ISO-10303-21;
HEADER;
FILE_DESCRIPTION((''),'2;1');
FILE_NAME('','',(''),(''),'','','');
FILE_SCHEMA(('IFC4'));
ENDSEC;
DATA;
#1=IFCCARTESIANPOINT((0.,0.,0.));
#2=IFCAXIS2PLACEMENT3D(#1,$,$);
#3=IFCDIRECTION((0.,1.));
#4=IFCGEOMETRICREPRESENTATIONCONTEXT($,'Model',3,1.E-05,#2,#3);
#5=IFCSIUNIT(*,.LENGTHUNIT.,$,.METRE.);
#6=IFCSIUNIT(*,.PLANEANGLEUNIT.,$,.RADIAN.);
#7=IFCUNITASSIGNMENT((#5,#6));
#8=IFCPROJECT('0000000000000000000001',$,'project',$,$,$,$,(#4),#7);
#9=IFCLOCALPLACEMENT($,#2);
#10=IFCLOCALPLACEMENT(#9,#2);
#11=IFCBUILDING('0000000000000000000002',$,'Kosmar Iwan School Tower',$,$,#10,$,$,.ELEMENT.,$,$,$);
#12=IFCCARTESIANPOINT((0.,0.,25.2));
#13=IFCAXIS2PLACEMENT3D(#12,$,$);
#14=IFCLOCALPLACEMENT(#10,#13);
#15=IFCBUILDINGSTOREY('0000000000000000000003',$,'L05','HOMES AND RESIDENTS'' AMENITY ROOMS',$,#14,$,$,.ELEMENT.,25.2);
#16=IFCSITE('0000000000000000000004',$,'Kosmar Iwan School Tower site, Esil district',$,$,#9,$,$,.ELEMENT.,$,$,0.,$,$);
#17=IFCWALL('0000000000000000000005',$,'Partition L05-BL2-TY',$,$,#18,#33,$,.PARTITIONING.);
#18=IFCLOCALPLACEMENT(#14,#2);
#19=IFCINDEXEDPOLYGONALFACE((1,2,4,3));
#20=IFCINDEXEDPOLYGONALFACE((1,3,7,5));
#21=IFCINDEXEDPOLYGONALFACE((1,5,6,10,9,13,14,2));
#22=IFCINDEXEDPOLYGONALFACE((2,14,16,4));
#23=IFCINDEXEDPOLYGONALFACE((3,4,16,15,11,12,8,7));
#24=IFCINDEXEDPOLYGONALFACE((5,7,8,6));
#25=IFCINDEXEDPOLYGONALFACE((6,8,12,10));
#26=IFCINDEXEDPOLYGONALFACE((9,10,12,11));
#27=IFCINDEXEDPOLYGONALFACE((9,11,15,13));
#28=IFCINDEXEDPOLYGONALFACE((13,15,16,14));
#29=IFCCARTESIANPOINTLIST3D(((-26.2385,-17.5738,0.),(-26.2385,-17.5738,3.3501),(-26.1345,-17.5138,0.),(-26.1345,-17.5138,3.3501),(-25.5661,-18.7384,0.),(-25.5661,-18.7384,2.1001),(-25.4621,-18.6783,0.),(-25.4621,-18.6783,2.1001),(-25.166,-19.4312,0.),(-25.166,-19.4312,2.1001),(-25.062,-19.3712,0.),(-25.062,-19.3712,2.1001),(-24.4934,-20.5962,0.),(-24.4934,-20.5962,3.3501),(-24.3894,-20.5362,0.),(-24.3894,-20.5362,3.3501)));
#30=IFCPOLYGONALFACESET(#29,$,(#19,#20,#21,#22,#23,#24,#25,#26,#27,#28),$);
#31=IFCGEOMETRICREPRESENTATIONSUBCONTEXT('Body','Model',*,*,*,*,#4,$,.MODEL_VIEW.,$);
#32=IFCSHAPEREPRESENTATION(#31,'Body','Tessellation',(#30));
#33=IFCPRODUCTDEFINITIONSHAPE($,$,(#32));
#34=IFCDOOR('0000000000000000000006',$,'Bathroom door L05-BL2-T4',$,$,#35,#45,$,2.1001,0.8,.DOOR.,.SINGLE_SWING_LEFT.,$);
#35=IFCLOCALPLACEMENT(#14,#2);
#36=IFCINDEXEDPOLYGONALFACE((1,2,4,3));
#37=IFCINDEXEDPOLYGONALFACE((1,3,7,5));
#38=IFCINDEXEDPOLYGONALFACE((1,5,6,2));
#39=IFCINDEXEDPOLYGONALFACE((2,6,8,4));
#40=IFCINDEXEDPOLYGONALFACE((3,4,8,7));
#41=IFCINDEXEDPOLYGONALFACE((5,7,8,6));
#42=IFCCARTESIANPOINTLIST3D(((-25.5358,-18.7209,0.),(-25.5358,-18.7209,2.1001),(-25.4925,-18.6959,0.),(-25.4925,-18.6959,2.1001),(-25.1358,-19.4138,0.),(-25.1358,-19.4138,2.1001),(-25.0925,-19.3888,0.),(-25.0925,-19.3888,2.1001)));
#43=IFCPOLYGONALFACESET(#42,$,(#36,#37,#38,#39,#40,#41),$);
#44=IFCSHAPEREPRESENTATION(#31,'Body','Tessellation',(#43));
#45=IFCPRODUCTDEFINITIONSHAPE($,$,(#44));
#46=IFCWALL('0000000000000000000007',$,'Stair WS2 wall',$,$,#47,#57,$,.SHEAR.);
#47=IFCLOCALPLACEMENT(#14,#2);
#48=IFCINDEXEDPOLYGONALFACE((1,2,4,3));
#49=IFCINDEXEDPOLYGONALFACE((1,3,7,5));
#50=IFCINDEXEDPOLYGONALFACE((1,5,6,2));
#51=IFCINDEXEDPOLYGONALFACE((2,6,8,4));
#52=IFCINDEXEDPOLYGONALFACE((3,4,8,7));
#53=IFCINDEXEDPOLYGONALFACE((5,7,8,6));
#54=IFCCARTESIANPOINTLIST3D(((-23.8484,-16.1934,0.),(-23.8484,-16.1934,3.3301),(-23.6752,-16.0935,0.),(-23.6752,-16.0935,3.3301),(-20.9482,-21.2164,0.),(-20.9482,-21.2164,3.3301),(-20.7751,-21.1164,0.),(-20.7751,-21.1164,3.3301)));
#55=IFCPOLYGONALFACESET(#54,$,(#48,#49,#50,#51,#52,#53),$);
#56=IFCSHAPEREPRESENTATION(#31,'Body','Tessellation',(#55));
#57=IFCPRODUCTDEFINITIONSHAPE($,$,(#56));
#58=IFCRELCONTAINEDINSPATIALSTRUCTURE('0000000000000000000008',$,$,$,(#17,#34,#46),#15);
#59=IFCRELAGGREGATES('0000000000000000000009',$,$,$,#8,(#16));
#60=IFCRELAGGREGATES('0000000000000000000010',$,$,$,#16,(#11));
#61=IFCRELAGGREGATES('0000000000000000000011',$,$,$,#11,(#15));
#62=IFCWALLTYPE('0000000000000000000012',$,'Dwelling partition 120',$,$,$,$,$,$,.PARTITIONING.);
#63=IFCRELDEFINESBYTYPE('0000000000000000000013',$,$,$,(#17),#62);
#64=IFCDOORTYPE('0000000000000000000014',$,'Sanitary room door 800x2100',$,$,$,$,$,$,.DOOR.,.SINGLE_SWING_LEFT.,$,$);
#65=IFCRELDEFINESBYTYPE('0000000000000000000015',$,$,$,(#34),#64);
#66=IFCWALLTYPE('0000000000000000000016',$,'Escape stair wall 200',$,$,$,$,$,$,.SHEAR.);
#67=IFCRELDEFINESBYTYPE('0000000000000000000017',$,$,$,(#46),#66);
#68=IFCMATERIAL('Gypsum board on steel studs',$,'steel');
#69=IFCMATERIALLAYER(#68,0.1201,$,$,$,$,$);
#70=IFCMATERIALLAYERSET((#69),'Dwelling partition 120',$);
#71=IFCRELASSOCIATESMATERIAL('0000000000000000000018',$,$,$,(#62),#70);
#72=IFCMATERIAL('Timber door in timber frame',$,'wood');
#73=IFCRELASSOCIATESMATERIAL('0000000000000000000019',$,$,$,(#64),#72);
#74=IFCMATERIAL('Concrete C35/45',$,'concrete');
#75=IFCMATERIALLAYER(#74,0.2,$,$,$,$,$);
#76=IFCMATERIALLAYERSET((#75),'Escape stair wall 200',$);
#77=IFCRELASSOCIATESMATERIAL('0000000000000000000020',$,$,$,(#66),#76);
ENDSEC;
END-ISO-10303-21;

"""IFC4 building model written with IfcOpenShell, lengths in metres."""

from ifc_helpers import new_model, si_unit, direction, frame, frame_2d, origin, place, context, subcontext, project, spatial, rectangle, extrude, material, layer, layer_set, type_object, element, fill, save


model = new_model("IFC4")

# Units and contexts
model_context = context("Model", 3, precision=1e-05, world=origin(), true_north=direction((0.0, 1.0)))
body_context = subcontext(model_context, "Body", "Model", "MODEL_VIEW")
ifc_project = project(units=[si_unit("LENGTHUNIT", "METRE"), si_unit("PLANEANGLEUNIT", "RADIAN")], contexts=[model_context])

# Site, building, storey
site_placement = place(None, origin())
site = spatial("IfcSite", under=ifc_project, at=site_placement, Name="Kosmar Iwan School Tower site, Esil district", CompositionType="ELEMENT", RefElevation=0.0)
building_placement = place(site_placement, origin())
building = spatial("IfcBuilding", under=site, at=building_placement, Name="Kosmar Iwan School Tower", CompositionType="ELEMENT")
storey_placement = place(building_placement, frame((0.0, 0.0, 25.2)))
storey = spatial("IfcBuildingStorey", under=building, at=storey_placement, Name="L05", Description="HOMES AND RESIDENTS' AMENITY ROOMS", CompositionType="ELEMENT", Elevation=25.2)

# Wall, opening, door
ifc_material_1 = material(Name="Gypsum board on steel studs", Category="steel")
ifc_layer_1 = layer(ifc_material_1, 0.1201)
ifc_layer_set_1 = layer_set([ifc_layer_1], Name="Dwelling partition 120")
wall_type_1 = type_object("IfcWallType", Name="Dwelling partition 120", PredefinedType="PARTITIONING", material=ifc_layer_set_1)
wall_1_placement = place(storey_placement, frame((-26.1865, -17.5437, 0.0), z_axis=(0.0, 0.0, 1.0), x_axis=(0.500021, -0.866013, 0.0)))
wall_1 = element("IfcWall", 1, at=wall_1_placement, inside=storey, type_object=wall_type_1, Name="Partition L05-BL2-TY", PredefinedType="PARTITIONING", context=body_context, shape_type="SweptSolid", body=[
    extrude(rectangle(XDim=3.49, YDim=0.1201, at=frame_2d((1.7451, 0.0))), origin(), (0.0, 0.0, 1.0), 3.3501),
])
opening_1_placement = place(wall_1_placement, frame((1.345, 0.0, 0.0)))
opening_1 = element("IfcOpeningElement", 2, at=opening_1_placement, cuts=wall_1, PredefinedType="OPENING", context=body_context, shape_type="SweptSolid", body=[
    extrude(rectangle(XDim=0.8, YDim=2.1001, at=frame_2d((0.3999, 1.05))), frame((0.0, 0.072, 0.0), z_axis=(0.0, -1.0, 0.0), x_axis=(1.0, 0.0, 0.0)), (0.0, 0.0, 1.0), 0.144),
])
ifc_material_2 = material(Name="Timber door in timber frame", Category="wood")
door_type_1 = type_object("IfcDoorType", Name="Sanitary room door 800x2100", OperationType="SINGLE_SWING_LEFT", PredefinedType="DOOR", material=ifc_material_2)
door_1_placement = place(opening_1_placement, origin())
door_1 = element("IfcDoor", 3, at=door_1_placement, inside=storey, type_object=door_type_1, Name="Bathroom door L05-BL2-T4", OperationType="SINGLE_SWING_LEFT", OverallHeight=2.1001, OverallWidth=0.8, PredefinedType="DOOR", context=body_context, shape_type="SweptSolid", body=[
    extrude(rectangle(XDim=0.8, YDim=2.1001, at=frame_2d((0.3999, 1.05))), frame((0.0, 0.0249, 0.0), z_axis=(0.0, -1.0, 0.0), x_axis=(1.0, 0.0, 0.0)), (0.0, 0.0, 1.0), 0.05),
])
fill(opening_1, door_1)

# Wall
ifc_material_3 = material(Name="Concrete C35/45", Category="concrete")
ifc_layer_2 = layer(ifc_material_3, 0.2)
ifc_layer_set_2 = layer_set([ifc_layer_2], Name="Escape stair wall 200")
wall_type_2 = type_object("IfcWallType", Name="Escape stair wall 200", PredefinedType="SHEAR", material=ifc_layer_set_2)
wall_2_placement = place(storey_placement, frame((-23.7617, -16.1436, 0.0), z_axis=(0.0, 0.0, 1.0), x_axis=(0.500019, -0.866015, 0.0)))
element("IfcWall", 4, at=wall_2_placement, inside=storey, type_object=wall_type_2, Name="Stair WS2 wall", PredefinedType="SHEAR", context=body_context, shape_type="SweptSolid", body=[
    extrude(rectangle(XDim=5.8, YDim=0.2, at=frame_2d((2.8999, 0.0))), origin(), (0.0, 0.0, 1.0), 3.3301),
])

save(model, "model.ifc")
